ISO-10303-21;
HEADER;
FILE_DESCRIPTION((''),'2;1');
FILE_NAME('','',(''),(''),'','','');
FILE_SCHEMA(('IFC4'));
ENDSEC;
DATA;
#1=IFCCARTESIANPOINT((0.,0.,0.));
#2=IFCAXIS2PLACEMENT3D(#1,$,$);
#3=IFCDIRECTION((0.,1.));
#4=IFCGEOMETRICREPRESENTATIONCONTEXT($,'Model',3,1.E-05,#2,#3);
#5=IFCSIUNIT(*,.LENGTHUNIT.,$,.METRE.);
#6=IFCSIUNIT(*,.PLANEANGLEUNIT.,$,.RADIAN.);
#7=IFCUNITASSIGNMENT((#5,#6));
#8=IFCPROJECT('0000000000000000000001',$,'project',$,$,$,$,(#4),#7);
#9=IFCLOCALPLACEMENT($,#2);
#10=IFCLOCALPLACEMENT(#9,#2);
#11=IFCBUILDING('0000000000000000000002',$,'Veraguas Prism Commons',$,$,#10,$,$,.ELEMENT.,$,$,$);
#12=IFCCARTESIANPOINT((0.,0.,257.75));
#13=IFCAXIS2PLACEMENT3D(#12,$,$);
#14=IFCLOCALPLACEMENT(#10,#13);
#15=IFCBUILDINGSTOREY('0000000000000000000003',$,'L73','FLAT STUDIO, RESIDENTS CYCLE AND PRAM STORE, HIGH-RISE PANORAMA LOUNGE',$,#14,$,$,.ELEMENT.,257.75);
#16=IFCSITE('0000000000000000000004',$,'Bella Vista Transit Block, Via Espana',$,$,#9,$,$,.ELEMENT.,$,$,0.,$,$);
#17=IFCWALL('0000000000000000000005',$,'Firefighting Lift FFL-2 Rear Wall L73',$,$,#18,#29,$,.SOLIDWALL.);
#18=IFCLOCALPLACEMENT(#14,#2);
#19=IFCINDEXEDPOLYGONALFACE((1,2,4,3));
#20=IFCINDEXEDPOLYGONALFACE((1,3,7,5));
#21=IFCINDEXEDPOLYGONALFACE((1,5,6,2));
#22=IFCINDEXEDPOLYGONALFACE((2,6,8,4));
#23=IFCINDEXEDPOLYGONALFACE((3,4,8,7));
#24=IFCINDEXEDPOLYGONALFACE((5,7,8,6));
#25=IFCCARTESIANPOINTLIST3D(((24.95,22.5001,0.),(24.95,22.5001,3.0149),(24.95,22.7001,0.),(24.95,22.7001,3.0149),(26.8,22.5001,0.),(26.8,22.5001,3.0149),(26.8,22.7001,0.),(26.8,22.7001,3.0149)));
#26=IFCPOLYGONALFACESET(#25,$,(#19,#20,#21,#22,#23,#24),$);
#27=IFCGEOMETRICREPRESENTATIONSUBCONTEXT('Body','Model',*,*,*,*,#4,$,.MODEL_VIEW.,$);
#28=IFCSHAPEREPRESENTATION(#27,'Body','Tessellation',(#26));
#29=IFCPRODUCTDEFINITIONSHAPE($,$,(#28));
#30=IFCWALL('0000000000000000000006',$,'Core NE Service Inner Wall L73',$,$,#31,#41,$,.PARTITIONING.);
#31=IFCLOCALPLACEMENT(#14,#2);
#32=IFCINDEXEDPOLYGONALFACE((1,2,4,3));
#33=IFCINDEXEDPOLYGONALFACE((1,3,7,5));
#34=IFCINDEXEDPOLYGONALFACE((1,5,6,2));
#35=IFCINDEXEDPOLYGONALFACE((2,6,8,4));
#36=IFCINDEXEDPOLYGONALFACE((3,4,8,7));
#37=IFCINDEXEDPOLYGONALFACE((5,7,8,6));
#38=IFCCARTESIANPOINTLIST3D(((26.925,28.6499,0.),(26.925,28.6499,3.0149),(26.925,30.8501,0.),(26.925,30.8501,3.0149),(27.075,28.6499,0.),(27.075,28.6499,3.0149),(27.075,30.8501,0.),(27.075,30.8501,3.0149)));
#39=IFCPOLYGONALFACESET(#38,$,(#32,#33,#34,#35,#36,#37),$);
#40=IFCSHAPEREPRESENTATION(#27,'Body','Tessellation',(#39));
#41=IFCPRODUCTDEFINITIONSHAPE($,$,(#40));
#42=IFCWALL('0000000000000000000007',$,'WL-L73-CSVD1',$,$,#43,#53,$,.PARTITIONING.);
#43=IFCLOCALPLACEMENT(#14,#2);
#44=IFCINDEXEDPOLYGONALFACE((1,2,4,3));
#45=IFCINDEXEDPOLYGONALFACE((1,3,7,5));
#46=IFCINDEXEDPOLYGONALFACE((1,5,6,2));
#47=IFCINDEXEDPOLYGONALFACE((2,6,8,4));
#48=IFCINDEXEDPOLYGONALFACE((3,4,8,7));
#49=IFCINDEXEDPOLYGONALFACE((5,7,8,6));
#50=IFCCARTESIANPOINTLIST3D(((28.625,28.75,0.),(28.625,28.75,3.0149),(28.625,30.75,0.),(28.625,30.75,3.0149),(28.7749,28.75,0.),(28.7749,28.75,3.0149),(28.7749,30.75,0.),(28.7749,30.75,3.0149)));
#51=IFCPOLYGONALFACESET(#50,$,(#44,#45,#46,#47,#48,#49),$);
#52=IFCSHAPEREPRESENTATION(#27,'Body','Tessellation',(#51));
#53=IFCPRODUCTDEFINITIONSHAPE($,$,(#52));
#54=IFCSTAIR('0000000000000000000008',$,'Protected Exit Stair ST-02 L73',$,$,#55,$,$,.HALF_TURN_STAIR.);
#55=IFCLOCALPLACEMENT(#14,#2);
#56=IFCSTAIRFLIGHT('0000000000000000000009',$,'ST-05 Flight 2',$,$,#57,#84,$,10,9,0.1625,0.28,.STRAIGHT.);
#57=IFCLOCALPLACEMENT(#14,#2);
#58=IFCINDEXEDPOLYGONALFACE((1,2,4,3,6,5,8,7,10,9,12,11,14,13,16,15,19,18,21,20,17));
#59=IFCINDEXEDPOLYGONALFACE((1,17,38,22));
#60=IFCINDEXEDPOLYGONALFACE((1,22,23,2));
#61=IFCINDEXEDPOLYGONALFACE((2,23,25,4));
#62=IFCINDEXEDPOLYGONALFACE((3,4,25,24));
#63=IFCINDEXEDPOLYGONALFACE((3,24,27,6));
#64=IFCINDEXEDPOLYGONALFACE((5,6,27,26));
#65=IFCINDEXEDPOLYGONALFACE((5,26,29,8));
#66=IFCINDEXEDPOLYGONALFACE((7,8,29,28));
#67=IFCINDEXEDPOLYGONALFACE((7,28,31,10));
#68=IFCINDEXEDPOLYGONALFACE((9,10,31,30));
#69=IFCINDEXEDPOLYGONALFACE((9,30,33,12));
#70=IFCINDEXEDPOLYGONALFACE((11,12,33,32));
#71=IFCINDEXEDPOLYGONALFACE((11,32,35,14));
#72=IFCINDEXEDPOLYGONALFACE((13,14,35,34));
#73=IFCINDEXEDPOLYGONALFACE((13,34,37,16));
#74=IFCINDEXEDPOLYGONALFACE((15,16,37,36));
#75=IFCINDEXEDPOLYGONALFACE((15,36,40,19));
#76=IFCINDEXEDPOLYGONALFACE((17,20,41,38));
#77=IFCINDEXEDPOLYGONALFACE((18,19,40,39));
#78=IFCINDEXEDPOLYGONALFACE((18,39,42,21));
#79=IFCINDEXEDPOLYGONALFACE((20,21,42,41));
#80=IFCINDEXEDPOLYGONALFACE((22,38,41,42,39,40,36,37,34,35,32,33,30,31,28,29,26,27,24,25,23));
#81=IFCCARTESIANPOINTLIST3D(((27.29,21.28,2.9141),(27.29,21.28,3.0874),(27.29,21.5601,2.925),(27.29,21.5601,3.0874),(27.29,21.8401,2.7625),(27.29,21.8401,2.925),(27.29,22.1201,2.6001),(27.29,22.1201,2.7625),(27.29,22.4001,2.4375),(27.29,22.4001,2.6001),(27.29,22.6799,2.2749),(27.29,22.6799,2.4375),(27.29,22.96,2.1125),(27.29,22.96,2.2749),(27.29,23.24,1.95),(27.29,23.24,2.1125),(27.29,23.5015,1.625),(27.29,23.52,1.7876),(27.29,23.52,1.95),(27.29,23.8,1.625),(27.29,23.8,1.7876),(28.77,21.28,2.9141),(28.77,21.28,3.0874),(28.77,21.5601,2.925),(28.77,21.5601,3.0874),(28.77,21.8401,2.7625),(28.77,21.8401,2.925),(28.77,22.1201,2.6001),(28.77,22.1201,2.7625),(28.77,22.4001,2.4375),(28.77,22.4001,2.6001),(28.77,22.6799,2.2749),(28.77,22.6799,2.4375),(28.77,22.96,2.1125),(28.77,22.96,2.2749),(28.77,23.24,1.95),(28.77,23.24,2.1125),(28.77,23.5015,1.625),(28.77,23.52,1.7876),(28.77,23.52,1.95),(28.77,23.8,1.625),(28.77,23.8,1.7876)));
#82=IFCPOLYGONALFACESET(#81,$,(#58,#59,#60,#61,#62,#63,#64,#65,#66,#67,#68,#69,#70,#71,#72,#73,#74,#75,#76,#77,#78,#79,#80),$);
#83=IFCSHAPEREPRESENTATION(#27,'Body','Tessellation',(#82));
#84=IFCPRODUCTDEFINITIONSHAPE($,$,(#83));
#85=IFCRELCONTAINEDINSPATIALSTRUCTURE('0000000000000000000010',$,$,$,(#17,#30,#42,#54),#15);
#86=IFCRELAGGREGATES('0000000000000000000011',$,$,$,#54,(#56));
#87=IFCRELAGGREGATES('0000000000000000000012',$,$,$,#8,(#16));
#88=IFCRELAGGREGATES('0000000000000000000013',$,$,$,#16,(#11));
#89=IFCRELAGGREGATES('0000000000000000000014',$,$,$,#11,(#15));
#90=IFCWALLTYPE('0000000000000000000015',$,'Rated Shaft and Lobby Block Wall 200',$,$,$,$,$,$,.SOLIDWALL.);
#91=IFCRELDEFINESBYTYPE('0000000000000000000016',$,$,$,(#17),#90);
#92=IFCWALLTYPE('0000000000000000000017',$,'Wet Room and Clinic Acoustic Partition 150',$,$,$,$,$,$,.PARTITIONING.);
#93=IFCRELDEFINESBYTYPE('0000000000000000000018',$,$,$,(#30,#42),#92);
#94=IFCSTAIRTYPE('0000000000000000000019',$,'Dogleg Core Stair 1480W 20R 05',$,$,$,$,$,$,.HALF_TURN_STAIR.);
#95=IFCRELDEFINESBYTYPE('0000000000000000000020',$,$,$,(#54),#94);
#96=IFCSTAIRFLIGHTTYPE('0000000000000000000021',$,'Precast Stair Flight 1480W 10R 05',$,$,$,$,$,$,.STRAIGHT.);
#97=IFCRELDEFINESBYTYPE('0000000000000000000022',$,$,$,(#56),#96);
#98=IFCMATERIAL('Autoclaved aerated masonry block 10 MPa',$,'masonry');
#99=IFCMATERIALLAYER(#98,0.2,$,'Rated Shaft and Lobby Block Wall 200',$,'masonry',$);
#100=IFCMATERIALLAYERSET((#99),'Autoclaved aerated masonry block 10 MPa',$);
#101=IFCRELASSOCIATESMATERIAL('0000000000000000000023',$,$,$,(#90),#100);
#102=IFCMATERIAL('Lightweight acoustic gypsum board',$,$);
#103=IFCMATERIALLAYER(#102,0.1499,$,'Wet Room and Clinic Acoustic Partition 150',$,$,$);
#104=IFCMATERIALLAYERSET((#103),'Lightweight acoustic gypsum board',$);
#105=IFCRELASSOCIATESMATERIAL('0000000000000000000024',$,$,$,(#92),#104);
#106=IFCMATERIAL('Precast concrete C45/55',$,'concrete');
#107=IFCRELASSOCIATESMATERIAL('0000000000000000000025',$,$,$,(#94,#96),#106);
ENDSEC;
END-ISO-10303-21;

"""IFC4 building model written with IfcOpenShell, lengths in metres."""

from ifc_helpers import new_model, si_unit, direction, frame, frame_2d, origin, place, context, subcontext, project, spatial, polyline, rectangle, outline, extrude, material, layer, layer_set, type_object, element, aggregate, save


model = new_model("IFC4")

# Units and contexts
model_context = context("Model", 3, precision=1e-05, world=origin(), true_north=direction((0.0, 1.0)))
body_context = subcontext(model_context, "Body", "Model", "MODEL_VIEW")
ifc_project = project(units=[si_unit("LENGTHUNIT", "METRE"), si_unit("PLANEANGLEUNIT", "RADIAN")], contexts=[model_context])

# Site, building, storey
site_placement = place(None, origin())
site = spatial("IfcSite", under=ifc_project, at=site_placement, Name="Bella Vista Transit Block, Via Espana", CompositionType="ELEMENT", RefElevation=0.0)
building_placement = place(site_placement, origin())
building = spatial("IfcBuilding", under=site, at=building_placement, Name="Veraguas Prism Commons", CompositionType="ELEMENT")
storey_placement = place(building_placement, frame((0.0, 0.0, 257.75)))
storey = spatial("IfcBuildingStorey", under=building, at=storey_placement, Name="L73", Description="FLAT STUDIO, RESIDENTS CYCLE AND PRAM STORE, HIGH-RISE PANORAMA LOUNGE", CompositionType="ELEMENT", Elevation=257.75)

# Shared definitions
ifc_material_1 = material(Name="Autoclaved aerated masonry block 10 MPa", Category="masonry")

# Walls
ifc_material_2 = material(Name="Lightweight acoustic gypsum board")
ifc_layer_1 = layer(ifc_material_1, 0.2, Name="Rated Shaft and Lobby Block Wall 200", Category="masonry")
ifc_layer_set_1 = layer_set([ifc_layer_1], Name="Autoclaved aerated masonry block 10 MPa")
wall_type_1 = type_object("IfcWallType", Name="Rated Shaft and Lobby Block Wall 200", PredefinedType="SOLIDWALL", material=ifc_layer_set_1)
wall_1_placement = place(storey_placement, frame((24.95, 22.6001, 0.0), z_axis=(0.0, 0.0, 1.0), x_axis=(1.0, 0.0, 0.0)))
element("IfcWall", 1, at=wall_1_placement, inside=storey, type_object=wall_type_1, Name="Firefighting Lift FFL-2 Rear Wall L73", PredefinedType="SOLIDWALL", context=body_context, shape_type="SweptSolid", body=[
    extrude(rectangle(XDim=1.8501, YDim=0.2, at=frame_2d((0.925, 0.0))), origin(), (0.0, 0.0, 1.0), 3.0149),
])
ifc_layer_2 = layer(ifc_material_2, 0.1499, Name="Wet Room and Clinic Acoustic Partition 150")
ifc_layer_set_2 = layer_set([ifc_layer_2], Name="Lightweight acoustic gypsum board")
wall_type_2 = type_object("IfcWallType", Name="Wet Room and Clinic Acoustic Partition 150", PredefinedType="PARTITIONING", material=ifc_layer_set_2)
wall_2_placement = place(storey_placement, frame((27.0, 28.6499, 0.0), z_axis=(0.0, 0.0, 1.0), x_axis=(0.0, 1.0, 0.0)))
element("IfcWall", 2, at=wall_2_placement, inside=storey, type_object=wall_type_2, Name="Core NE Service Inner Wall L73", PredefinedType="PARTITIONING", context=body_context, shape_type="SweptSolid", body=[
    extrude(rectangle(XDim=2.2002, YDim=0.1499, at=frame_2d((1.1001, 0.0))), origin(), (0.0, 0.0, 1.0), 3.0149),
])
wall_3_placement = place(storey_placement, frame((28.7, 28.75, 0.0), z_axis=(0.0, 0.0, 1.0), x_axis=(0.0, 1.0, 0.0)))
element("IfcWall", 3, at=wall_3_placement, inside=storey, type_object=wall_type_2, Name="WL-L73-CSVD1", PredefinedType="PARTITIONING", context=body_context, shape_type="SweptSolid", body=[
    extrude(rectangle(XDim=2.0, YDim=0.1499, at=frame_2d((1.0, 0.0))), origin(), (0.0, 0.0, 1.0), 3.0149),
])

# Stair, stair flight
ifc_material_3 = material(Name="Precast concrete C45/55", Category="concrete")
stair_type = type_object("IfcStairType", Name="Dogleg Core Stair 1480W 20R 05", PredefinedType="HALF_TURN_STAIR", material=ifc_material_3)
stair_placement = place(storey_placement, origin())
stair = element("IfcStair", 4, at=stair_placement, inside=storey, type_object=stair_type, Name="Protected Exit Stair ST-02 L73", PredefinedType="HALF_TURN_STAIR")
stair_flight_type = type_object("IfcStairFlightType", Name="Precast Stair Flight 1480W 10R 05", PredefinedType="STRAIGHT", material=ifc_material_3)
stair_flight_placement = place(storey_placement, frame((28.03, 23.8, 1.625), z_axis=(0.0, 0.0, 1.0), x_axis=(0.0, -1.0, 0.0)))
stair_flight = element("IfcStairFlight", 5, at=stair_flight_placement, type_object=stair_flight_type, Name="ST-05 Flight 2", NumberOfRisers=10, NumberOfTreads=9, PredefinedType="STRAIGHT", RiserHeight=0.1625, TreadLength=0.28, context=body_context, shape_type="SweptSolid", body=[
    extrude(outline(polyline([(0.0, 0.0), (0.0, 0.1626), (0.28, 0.1626), (0.28, 0.325), (0.5601, 0.325), (0.5601, 0.4875), (0.8401, 0.4875), (0.8401, 0.6499), (1.1201, 0.6499), (1.1201, 0.8125), (1.3999, 0.8125), (1.3999, 0.9751), (1.6799, 0.9751), (1.6799, 1.1375), (1.96, 1.1375), (1.96, 1.3), (2.24, 1.3), (2.24, 1.4624), (2.52, 1.4624), (2.52, 1.625), (2.52, 1.2891), (0.2986, 0.0), (0.0, 0.0)])), frame((0.0, 0.74, 0.0), z_axis=(0.0, -1.0, 0.0), x_axis=(1.0, 0.0, 0.0)), (0.0, 0.0, 1.0), 1.48),
])
aggregate(stair, [stair_flight])

save(model, "model.ifc")
